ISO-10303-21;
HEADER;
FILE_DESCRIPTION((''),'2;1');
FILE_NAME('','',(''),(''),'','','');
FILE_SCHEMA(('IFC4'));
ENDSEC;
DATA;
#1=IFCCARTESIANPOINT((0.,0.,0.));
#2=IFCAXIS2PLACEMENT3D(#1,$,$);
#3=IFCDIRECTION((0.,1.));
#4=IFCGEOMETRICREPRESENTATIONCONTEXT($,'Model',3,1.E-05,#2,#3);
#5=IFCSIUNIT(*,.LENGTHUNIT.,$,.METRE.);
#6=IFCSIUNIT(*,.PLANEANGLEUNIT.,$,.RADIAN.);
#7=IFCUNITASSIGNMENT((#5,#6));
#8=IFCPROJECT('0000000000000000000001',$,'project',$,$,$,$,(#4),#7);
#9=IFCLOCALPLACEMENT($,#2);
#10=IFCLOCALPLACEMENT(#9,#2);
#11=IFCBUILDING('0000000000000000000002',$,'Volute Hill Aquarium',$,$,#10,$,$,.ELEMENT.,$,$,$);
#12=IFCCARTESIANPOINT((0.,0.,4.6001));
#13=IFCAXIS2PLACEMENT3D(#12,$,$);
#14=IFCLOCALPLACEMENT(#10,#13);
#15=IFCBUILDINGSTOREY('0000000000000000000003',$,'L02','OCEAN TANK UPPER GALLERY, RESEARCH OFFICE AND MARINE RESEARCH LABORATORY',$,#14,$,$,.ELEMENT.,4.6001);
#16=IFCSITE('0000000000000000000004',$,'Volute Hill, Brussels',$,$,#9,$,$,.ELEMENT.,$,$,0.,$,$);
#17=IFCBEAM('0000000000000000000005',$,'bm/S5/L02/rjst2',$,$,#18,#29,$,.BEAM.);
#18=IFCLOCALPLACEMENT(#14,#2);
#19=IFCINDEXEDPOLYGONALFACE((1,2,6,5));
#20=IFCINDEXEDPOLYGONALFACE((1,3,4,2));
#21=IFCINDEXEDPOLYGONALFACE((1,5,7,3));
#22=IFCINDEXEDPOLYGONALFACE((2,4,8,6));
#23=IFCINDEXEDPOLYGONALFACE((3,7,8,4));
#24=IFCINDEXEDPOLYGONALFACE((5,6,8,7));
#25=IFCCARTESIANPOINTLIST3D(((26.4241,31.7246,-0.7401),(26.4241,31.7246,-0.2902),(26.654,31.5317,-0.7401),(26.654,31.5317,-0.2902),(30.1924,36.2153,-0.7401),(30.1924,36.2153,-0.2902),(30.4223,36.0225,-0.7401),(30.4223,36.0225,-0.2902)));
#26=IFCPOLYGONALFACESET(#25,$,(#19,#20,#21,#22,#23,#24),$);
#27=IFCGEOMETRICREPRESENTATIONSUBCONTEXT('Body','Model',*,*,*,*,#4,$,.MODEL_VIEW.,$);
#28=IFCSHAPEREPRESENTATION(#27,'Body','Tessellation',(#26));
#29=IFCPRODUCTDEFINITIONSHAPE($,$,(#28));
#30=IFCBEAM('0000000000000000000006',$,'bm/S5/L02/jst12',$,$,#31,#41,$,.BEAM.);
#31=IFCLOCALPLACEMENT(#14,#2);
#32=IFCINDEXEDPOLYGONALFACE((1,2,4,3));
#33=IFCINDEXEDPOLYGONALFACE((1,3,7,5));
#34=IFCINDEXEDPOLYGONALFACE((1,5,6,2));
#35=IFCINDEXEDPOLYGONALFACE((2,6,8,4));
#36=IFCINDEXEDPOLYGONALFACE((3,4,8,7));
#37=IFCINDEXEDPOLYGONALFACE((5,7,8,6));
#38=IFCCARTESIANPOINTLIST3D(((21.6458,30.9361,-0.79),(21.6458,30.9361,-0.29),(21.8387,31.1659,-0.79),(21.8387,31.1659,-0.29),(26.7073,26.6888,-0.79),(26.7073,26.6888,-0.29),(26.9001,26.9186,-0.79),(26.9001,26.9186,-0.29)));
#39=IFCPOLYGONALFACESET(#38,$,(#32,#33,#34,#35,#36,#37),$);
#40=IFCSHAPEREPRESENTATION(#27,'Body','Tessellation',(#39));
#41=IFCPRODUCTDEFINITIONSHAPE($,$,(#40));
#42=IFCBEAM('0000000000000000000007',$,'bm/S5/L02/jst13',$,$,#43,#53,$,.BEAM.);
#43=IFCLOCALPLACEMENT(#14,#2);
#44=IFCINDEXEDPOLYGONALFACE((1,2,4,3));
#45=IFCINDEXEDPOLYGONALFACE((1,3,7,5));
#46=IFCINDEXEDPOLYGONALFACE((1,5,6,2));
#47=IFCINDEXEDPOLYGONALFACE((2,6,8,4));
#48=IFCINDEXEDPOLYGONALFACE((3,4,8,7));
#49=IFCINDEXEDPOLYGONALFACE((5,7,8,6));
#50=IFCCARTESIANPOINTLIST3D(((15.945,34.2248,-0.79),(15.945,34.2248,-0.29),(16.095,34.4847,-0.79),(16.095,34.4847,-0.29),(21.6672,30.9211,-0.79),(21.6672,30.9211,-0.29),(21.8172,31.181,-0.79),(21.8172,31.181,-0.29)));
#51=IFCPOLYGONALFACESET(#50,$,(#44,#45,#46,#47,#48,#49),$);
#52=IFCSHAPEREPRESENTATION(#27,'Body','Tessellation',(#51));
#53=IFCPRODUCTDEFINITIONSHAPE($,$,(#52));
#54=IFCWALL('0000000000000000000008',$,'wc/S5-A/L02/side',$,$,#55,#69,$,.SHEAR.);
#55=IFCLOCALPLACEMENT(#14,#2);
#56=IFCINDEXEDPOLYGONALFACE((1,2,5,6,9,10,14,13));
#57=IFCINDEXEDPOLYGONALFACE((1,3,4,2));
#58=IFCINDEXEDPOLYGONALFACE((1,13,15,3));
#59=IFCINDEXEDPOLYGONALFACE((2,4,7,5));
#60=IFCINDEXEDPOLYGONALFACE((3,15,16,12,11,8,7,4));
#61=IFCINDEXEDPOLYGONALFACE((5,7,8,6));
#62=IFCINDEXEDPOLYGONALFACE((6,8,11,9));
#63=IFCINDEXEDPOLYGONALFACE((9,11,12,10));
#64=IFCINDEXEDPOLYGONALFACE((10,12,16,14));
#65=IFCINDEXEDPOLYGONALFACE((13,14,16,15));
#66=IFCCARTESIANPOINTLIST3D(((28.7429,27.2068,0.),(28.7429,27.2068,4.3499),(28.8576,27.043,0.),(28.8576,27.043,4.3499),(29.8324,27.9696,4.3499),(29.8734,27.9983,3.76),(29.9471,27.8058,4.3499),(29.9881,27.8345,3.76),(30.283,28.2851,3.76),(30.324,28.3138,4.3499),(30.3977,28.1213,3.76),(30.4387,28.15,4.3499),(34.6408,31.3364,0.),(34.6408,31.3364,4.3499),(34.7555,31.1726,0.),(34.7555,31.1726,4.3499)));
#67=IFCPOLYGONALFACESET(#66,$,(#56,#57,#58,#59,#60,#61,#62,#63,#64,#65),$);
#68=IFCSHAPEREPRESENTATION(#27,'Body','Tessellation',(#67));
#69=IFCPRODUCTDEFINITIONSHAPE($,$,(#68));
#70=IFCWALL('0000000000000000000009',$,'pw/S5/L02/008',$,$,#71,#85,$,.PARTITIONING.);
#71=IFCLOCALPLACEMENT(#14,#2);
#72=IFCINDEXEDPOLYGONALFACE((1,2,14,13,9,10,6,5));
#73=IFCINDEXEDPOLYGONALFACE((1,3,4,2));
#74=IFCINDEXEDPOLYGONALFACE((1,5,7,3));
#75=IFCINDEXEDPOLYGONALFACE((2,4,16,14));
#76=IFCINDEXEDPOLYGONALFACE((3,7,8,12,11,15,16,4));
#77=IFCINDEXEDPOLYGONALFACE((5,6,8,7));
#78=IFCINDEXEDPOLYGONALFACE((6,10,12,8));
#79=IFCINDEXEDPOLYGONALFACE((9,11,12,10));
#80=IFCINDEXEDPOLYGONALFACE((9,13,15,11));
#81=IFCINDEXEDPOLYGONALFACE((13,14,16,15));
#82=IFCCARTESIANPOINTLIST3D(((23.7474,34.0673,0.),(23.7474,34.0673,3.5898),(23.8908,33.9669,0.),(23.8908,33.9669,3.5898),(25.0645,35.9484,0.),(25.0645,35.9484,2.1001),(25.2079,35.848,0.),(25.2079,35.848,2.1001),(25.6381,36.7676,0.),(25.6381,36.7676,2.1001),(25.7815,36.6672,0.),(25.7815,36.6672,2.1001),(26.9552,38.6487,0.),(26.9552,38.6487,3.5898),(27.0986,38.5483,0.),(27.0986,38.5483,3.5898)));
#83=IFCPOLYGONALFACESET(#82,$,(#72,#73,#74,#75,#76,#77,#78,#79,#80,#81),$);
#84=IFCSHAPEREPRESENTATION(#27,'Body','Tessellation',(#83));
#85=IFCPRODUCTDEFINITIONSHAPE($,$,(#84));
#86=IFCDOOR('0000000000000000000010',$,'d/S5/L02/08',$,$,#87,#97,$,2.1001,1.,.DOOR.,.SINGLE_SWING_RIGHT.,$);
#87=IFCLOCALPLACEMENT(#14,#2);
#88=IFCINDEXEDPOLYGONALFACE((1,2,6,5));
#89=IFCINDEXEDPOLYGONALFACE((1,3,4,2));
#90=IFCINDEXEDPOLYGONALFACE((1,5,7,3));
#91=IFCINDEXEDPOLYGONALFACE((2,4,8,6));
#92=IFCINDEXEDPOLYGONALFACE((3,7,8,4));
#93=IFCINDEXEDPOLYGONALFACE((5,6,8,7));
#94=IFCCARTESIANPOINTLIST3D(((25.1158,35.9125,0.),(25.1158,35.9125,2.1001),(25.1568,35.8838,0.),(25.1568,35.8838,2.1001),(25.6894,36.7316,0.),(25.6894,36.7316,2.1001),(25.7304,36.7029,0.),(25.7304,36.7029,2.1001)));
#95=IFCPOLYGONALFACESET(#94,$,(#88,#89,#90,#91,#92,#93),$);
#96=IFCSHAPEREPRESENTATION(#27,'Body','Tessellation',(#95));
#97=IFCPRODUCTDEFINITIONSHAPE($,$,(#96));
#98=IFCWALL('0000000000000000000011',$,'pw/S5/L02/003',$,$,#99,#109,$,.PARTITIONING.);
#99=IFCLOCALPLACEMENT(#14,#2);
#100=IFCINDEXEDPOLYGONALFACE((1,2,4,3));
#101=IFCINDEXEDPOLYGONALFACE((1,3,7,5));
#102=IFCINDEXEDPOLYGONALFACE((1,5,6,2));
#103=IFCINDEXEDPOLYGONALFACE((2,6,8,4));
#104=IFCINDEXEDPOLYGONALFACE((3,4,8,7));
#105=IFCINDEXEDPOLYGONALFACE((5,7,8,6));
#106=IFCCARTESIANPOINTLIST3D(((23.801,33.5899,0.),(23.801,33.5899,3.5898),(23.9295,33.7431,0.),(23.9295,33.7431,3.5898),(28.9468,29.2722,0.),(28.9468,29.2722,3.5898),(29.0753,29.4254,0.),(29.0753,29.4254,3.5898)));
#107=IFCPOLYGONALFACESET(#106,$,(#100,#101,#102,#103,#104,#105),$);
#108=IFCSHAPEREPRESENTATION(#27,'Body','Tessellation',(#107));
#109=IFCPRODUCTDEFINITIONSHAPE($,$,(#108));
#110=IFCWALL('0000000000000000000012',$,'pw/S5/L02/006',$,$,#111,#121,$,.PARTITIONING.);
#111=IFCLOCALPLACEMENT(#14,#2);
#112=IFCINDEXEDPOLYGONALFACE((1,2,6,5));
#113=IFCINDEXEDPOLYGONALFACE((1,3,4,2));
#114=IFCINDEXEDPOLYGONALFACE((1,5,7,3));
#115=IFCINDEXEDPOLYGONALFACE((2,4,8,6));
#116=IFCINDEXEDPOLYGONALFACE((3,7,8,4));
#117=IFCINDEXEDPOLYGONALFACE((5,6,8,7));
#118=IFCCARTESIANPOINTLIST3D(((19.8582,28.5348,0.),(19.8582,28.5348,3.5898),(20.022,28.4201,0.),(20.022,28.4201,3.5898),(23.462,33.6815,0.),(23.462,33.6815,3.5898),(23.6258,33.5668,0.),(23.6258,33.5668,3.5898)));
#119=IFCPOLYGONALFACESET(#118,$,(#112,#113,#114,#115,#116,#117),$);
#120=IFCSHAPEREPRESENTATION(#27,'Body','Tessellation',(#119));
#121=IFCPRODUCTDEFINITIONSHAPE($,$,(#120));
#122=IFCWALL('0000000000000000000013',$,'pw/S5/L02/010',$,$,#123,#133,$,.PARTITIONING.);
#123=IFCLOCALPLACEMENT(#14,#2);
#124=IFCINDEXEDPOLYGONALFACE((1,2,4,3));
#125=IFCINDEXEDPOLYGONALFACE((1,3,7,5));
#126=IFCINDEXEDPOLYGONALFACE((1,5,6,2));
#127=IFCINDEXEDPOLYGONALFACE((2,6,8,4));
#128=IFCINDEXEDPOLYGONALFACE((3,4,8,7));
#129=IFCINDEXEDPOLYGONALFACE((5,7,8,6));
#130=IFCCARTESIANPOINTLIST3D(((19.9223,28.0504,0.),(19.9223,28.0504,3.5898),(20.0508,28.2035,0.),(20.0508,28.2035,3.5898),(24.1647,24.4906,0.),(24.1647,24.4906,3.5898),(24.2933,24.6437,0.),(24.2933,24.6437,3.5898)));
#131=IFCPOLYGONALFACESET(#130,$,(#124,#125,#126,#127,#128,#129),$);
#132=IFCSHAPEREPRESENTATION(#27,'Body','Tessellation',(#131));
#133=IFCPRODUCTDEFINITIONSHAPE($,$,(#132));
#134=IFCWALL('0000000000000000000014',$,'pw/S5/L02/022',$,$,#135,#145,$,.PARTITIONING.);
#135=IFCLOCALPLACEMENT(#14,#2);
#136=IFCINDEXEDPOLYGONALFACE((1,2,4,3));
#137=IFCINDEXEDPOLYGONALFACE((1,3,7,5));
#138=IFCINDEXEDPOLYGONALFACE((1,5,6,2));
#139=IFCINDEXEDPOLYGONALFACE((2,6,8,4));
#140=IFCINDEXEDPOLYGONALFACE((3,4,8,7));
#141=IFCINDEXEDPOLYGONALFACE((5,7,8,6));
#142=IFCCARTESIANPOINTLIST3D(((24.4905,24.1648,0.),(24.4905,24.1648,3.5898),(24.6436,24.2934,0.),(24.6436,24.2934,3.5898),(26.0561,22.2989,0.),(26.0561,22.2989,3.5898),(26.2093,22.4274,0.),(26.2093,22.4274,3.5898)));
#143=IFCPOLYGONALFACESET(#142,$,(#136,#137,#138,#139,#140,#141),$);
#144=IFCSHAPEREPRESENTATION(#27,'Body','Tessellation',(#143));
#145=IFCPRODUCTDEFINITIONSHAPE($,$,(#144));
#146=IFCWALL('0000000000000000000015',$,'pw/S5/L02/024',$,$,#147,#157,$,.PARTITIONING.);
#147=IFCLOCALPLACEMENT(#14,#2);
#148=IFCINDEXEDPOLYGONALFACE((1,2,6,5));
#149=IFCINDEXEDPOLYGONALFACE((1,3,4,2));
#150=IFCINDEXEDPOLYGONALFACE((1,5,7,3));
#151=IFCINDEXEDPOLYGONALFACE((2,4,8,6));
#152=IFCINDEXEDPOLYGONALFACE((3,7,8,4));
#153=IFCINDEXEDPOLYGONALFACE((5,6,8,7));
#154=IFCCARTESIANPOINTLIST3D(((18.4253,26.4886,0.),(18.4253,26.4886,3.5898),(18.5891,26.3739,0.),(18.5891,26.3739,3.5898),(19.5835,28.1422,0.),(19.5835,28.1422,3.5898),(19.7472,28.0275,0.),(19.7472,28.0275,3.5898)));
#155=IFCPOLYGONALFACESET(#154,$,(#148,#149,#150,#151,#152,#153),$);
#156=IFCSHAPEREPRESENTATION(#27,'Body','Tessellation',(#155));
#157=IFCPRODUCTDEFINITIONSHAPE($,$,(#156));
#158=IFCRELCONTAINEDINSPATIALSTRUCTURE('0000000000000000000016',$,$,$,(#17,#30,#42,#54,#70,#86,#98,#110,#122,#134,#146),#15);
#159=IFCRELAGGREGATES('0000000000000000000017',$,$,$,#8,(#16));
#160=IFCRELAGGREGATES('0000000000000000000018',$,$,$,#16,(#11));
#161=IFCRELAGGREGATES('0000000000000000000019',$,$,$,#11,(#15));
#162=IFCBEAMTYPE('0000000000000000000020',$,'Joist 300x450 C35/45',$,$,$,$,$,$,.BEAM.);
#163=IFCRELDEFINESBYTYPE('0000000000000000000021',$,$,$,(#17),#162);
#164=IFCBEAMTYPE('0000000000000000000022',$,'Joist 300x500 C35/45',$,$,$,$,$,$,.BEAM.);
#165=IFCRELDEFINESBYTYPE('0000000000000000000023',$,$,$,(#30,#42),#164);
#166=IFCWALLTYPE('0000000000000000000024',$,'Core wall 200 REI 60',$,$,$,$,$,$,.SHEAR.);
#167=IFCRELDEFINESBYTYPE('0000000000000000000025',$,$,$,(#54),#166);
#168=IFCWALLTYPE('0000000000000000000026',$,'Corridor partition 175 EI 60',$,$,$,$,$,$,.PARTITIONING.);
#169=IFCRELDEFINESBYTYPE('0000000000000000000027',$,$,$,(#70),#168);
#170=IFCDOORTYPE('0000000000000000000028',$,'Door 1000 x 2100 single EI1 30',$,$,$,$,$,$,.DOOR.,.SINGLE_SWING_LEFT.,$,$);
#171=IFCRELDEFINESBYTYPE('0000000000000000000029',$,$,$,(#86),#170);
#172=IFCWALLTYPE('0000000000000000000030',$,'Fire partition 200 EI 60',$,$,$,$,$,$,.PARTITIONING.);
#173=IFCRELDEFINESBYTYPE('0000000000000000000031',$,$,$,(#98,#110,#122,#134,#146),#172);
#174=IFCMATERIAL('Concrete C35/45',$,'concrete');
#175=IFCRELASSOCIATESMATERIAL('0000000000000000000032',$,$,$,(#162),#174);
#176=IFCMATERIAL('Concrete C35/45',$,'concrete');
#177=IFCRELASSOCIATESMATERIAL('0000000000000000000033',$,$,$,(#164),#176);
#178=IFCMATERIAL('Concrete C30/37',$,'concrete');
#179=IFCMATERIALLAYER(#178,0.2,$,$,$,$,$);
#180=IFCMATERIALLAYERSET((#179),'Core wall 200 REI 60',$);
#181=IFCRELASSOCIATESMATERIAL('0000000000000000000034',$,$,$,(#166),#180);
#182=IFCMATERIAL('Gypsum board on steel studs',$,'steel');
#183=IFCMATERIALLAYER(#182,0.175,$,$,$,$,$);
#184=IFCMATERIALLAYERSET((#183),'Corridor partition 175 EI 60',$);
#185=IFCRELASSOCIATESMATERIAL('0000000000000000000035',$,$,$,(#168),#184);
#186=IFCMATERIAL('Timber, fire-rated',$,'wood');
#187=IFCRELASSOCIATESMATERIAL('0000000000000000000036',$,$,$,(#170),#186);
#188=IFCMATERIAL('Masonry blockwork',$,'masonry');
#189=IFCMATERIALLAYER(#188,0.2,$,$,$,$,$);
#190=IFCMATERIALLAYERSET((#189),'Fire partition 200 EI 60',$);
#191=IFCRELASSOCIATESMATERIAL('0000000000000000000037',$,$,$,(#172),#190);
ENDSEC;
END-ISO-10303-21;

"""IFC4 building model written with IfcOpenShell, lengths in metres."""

from ifc_helpers import new_model, si_unit, direction, frame, frame_2d, origin, origin_2d, place, context, subcontext, project, spatial, polyline, rectangle, outline, extrude, material, layer, layer_set, material_profile, profile_set, type_object, element, fill, save


model = new_model("IFC4")

# Units and contexts
model_context = context("Model", 3, precision=1e-05, world=origin(), true_north=direction((0.0, 1.0)))
body_context = subcontext(model_context, "Body", "Model", "MODEL_VIEW")
ifc_project = project(units=[si_unit("LENGTHUNIT", "METRE"), si_unit("PLANEANGLEUNIT", "RADIAN")], contexts=[model_context])

# Site, building, storey
site_placement = place(None, origin())
site = spatial("IfcSite", under=ifc_project, at=site_placement, Name="Volute Hill, Brussels", CompositionType="ELEMENT", RefElevation=0.0)
building_placement = place(site_placement, origin())
building = spatial("IfcBuilding", under=site, at=building_placement, Name="Volute Hill Aquarium", CompositionType="ELEMENT")
storey_placement = place(building_placement, frame((0.0, 0.0, 4.6001)))
storey = spatial("IfcBuildingStorey", under=building, at=storey_placement, Name="L02", Description="OCEAN TANK UPPER GALLERY, RESEARCH OFFICE AND MARINE RESEARCH LABORATORY", CompositionType="ELEMENT", Elevation=4.6001)

# Beams
ifc_material_1 = material(Name="Concrete C35/45", Category="concrete")
ifc_material_profile_1 = material_profile(ifc_material_1, rectangle(XDim=0.3, YDim=0.45, at=origin_2d()), Name="RC joist 300x450")
ifc_profile_set_1 = profile_set([ifc_material_profile_1], Name="Concrete C35/45")
beam_type_1 = type_object("IfcBeamType", Name="Joist 300x450 C35/45", PredefinedType="BEAM", material=ifc_profile_set_1)
beam_1_placement = place(storey_placement, frame((26.5391, 31.6282, -0.5151), z_axis=(0.642802, 0.766032, 0.0), x_axis=(-0.766032, 0.642802, 0.0)))
element("IfcBeam", 1, at=beam_1_placement, inside=storey, type_object=beam_type_1, Name="bm/S5/L02/rjst2", PredefinedType="BEAM", context=body_context, shape_type="SweptSolid", body=[
    extrude(rectangle(XDim=0.3, YDim=0.45, at=origin_2d()), origin(), (0.0, 0.0, 1.0), 5.8623),
])
ifc_material_2 = material(Name="Concrete C35/45", Category="concrete")
ifc_material_profile_2 = material_profile(ifc_material_2, rectangle(XDim=0.3, YDim=0.5, at=origin_2d()), Name="RC joist 300x500")
ifc_profile_set_2 = profile_set([ifc_material_profile_2], Name="Concrete C35/45")
beam_type_2 = type_object("IfcBeamType", Name="Joist 300x500 C35/45", PredefinedType="BEAM", material=ifc_profile_set_2)
for number, where, z_axis, x_axis, name in (
    (2, (26.8037, 26.8037, -0.54), (-0.76603, 0.642805, 0.0), (-0.642805, -0.76603, 0.0), "bm/S5/L02/jst12"),
    (3, (21.7422, 31.051, -0.54), (-0.866024, 0.500002, 0.0), (-0.500002, -0.866024, 0.0), "bm/S5/L02/jst13"),
):
    element("IfcBeam", number, at=place(storey_placement, frame(where, z_axis=z_axis, x_axis=x_axis)), inside=storey, type_object=beam_type_2, Name=name, PredefinedType="BEAM", context=body_context, shape_type="SweptSolid", body=[
        extrude(rectangle(XDim=0.3, YDim=0.5, at=origin_2d()), origin(), (0.0, 0.0, 1.0), 6.6074),
    ])

# Wall
ifc_material_3 = material(Name="Concrete C30/37", Category="concrete")
ifc_layer_1 = layer(ifc_material_3, 0.2)
ifc_layer_set_1 = layer_set([ifc_layer_1], Name="Core wall 200 REI 60")
wall_type_1 = type_object("IfcWallType", Name="Core wall 200 REI 60", PredefinedType="SHEAR", material=ifc_layer_set_1)
wall_1_placement = place(storey_placement, frame((28.8003, 27.1248, 0.0), z_axis=(0.0, 0.0, 1.0), x_axis=(0.819162, 0.573562, 0.0)))
element("IfcWall", 4, at=wall_1_placement, inside=storey, type_object=wall_type_1, Name="wc/S5-A/L02/side", PredefinedType="SHEAR", context=body_context, shape_type="SweptSolid", body=[
    extrude(outline(polyline([(0.0, 0.0), (7.2, 0.0), (7.2, 4.3499), (1.9302, 4.3499), (1.8801, 3.76), (1.3801, 3.76), (1.3301, 4.3499), (0.0, 4.3499), (0.0, 0.0)])), frame((0.0, 0.1001, 0.0), z_axis=(0.0, -1.0, 0.0), x_axis=(1.0, 0.0, 0.0)), (0.0, 0.0, 1.0), 0.2),
])

# Wall, opening, door
ifc_material_4 = material(Name="Gypsum board on steel studs", Category="steel")
ifc_layer_2 = layer(ifc_material_4, 0.175)
ifc_layer_set_2 = layer_set([ifc_layer_2], Name="Corridor partition 175 EI 60")
wall_type_2 = type_object("IfcWallType", Name="Corridor partition 175 EI 60", PredefinedType="PARTITIONING", material=ifc_layer_set_2)
wall_2_placement = place(storey_placement, frame((23.8191, 34.0171, 0.0), z_axis=(0.0, 0.0, 1.0), x_axis=(0.573565, 0.81916, 0.0)))
wall_2 = element("IfcWall", 5, at=wall_2_placement, inside=storey, type_object=wall_type_2, Name="pw/S5/L02/008", PredefinedType="PARTITIONING", context=body_context, shape_type="SweptSolid", body=[
    extrude(rectangle(XDim=5.5928, YDim=0.175, at=frame_2d((2.7964, 0.0))), origin(), (0.0, 0.0, 1.0), 3.5898),
])
opening_placement = place(wall_2_placement, frame((2.2964, 0.0, 0.0)))
opening = element("IfcOpeningElement", 6, at=opening_placement, cuts=wall_2, PredefinedType="OPENING", context=body_context, shape_type="SweptSolid", body=[
    extrude(rectangle(XDim=1.0, YDim=2.1001, at=frame_2d((0.5, 1.05))), frame((0.0, 0.0974, 0.0), z_axis=(0.0, -1.0, 0.0), x_axis=(1.0, 0.0, 0.0)), (0.0, 0.0, 1.0), 0.1951),
])
ifc_material_5 = material(Name="Timber, fire-rated", Category="wood")
door_type = type_object("IfcDoorType", Name="Door 1000 x 2100 single EI1 30", OperationType="SINGLE_SWING_LEFT", PredefinedType="DOOR", material=ifc_material_5)
door_placement = place(opening_placement, origin())
door = element("IfcDoor", 7, at=door_placement, inside=storey, type_object=door_type, Name="d/S5/L02/08", OperationType="SINGLE_SWING_RIGHT", OverallHeight=2.1001, OverallWidth=1.0, PredefinedType="DOOR", context=body_context, shape_type="SweptSolid", body=[
    extrude(rectangle(XDim=1.0, YDim=2.1001, at=frame_2d((0.5, 1.05))), frame((0.0, 0.0249, 0.0), z_axis=(0.0, -1.0, 0.0), x_axis=(1.0, 0.0, 0.0)), (0.0, 0.0, 1.0), 0.05),
])
fill(opening, door)

# Walls
ifc_material_6 = material(Name="Masonry blockwork", Category="masonry")
ifc_layer_3 = layer(ifc_material_6, 0.2)
ifc_layer_set_3 = layer_set([ifc_layer_3], Name="Fire partition 200 EI 60")
wall_type_3 = type_object("IfcWallType", Name="Fire partition 200 EI 60", PredefinedType="PARTITIONING", material=ifc_layer_set_3)
wall_3_placement = place(storey_placement, frame((23.8652, 33.6665, 0.0), z_axis=(0.0, 0.0, 1.0), x_axis=(0.766057, -0.642773, 0.0)))
element("IfcWall", 8, at=wall_3_placement, inside=storey, type_object=wall_type_3, Name="pw/S5/L02/003", PredefinedType="PARTITIONING", context=body_context, shape_type="SweptSolid", body=[
    extrude(rectangle(XDim=6.7173, YDim=0.2, at=frame_2d((3.3586, 0.0))), origin(), (0.0, 0.0, 1.0), 3.5898),
])
wall_4_placement = place(storey_placement, frame((23.5439, 33.6243, 0.0), z_axis=(0.0, 0.0, 1.0), x_axis=(-0.573574, -0.819153, 0.0)))
element("IfcWall", 9, at=wall_4_placement, inside=storey, type_object=wall_type_3, Name="pw/S5/L02/006", PredefinedType="PARTITIONING", context=body_context, shape_type="SweptSolid", body=[
    extrude(rectangle(XDim=6.283, YDim=0.2, at=frame_2d((3.1416, 0.0))), origin(), (0.0, 0.0, 1.0), 3.5898),
])
wall_5_placement = place(storey_placement, frame((19.9866, 28.127, 0.0), z_axis=(0.0, 0.0, 1.0), x_axis=(0.766045, -0.642787, 0.0)))
element("IfcWall", 10, at=wall_5_placement, inside=storey, type_object=wall_type_3, Name="pw/S5/L02/010", PredefinedType="PARTITIONING", context=body_context, shape_type="SweptSolid", body=[
    extrude(rectangle(XDim=5.5381, YDim=0.2, at=frame_2d((2.769, 0.0))), origin(), (0.0, 0.0, 1.0), 3.5898),
])
wall_6_placement = place(storey_placement, frame((24.5671, 24.229, 0.0), z_axis=(0.0, 0.0, 1.0), x_axis=(0.642774, -0.766056, 0.0)))
element("IfcWall", 11, at=wall_6_placement, inside=storey, type_object=wall_type_3, Name="pw/S5/L02/022", PredefinedType="PARTITIONING", context=body_context, shape_type="SweptSolid", body=[
    extrude(rectangle(XDim=2.4358, YDim=0.2, at=frame_2d((1.2178, 0.0))), origin(), (0.0, 0.0, 1.0), 3.5898),
])
wall_7_placement = place(storey_placement, frame((19.6653, 28.0847, 0.0), z_axis=(0.0, 0.0, 1.0), x_axis=(-0.573698, -0.819067, 0.0)))
element("IfcWall", 12, at=wall_7_placement, inside=storey, type_object=wall_type_3, Name="pw/S5/L02/024", PredefinedType="PARTITIONING", context=body_context, shape_type="SweptSolid", body=[
    extrude(rectangle(XDim=2.0188, YDim=0.2, at=frame_2d((1.0093, 0.0))), origin(), (0.0, 0.0, 1.0), 3.5898),
])

save(model, "model.ifc")
